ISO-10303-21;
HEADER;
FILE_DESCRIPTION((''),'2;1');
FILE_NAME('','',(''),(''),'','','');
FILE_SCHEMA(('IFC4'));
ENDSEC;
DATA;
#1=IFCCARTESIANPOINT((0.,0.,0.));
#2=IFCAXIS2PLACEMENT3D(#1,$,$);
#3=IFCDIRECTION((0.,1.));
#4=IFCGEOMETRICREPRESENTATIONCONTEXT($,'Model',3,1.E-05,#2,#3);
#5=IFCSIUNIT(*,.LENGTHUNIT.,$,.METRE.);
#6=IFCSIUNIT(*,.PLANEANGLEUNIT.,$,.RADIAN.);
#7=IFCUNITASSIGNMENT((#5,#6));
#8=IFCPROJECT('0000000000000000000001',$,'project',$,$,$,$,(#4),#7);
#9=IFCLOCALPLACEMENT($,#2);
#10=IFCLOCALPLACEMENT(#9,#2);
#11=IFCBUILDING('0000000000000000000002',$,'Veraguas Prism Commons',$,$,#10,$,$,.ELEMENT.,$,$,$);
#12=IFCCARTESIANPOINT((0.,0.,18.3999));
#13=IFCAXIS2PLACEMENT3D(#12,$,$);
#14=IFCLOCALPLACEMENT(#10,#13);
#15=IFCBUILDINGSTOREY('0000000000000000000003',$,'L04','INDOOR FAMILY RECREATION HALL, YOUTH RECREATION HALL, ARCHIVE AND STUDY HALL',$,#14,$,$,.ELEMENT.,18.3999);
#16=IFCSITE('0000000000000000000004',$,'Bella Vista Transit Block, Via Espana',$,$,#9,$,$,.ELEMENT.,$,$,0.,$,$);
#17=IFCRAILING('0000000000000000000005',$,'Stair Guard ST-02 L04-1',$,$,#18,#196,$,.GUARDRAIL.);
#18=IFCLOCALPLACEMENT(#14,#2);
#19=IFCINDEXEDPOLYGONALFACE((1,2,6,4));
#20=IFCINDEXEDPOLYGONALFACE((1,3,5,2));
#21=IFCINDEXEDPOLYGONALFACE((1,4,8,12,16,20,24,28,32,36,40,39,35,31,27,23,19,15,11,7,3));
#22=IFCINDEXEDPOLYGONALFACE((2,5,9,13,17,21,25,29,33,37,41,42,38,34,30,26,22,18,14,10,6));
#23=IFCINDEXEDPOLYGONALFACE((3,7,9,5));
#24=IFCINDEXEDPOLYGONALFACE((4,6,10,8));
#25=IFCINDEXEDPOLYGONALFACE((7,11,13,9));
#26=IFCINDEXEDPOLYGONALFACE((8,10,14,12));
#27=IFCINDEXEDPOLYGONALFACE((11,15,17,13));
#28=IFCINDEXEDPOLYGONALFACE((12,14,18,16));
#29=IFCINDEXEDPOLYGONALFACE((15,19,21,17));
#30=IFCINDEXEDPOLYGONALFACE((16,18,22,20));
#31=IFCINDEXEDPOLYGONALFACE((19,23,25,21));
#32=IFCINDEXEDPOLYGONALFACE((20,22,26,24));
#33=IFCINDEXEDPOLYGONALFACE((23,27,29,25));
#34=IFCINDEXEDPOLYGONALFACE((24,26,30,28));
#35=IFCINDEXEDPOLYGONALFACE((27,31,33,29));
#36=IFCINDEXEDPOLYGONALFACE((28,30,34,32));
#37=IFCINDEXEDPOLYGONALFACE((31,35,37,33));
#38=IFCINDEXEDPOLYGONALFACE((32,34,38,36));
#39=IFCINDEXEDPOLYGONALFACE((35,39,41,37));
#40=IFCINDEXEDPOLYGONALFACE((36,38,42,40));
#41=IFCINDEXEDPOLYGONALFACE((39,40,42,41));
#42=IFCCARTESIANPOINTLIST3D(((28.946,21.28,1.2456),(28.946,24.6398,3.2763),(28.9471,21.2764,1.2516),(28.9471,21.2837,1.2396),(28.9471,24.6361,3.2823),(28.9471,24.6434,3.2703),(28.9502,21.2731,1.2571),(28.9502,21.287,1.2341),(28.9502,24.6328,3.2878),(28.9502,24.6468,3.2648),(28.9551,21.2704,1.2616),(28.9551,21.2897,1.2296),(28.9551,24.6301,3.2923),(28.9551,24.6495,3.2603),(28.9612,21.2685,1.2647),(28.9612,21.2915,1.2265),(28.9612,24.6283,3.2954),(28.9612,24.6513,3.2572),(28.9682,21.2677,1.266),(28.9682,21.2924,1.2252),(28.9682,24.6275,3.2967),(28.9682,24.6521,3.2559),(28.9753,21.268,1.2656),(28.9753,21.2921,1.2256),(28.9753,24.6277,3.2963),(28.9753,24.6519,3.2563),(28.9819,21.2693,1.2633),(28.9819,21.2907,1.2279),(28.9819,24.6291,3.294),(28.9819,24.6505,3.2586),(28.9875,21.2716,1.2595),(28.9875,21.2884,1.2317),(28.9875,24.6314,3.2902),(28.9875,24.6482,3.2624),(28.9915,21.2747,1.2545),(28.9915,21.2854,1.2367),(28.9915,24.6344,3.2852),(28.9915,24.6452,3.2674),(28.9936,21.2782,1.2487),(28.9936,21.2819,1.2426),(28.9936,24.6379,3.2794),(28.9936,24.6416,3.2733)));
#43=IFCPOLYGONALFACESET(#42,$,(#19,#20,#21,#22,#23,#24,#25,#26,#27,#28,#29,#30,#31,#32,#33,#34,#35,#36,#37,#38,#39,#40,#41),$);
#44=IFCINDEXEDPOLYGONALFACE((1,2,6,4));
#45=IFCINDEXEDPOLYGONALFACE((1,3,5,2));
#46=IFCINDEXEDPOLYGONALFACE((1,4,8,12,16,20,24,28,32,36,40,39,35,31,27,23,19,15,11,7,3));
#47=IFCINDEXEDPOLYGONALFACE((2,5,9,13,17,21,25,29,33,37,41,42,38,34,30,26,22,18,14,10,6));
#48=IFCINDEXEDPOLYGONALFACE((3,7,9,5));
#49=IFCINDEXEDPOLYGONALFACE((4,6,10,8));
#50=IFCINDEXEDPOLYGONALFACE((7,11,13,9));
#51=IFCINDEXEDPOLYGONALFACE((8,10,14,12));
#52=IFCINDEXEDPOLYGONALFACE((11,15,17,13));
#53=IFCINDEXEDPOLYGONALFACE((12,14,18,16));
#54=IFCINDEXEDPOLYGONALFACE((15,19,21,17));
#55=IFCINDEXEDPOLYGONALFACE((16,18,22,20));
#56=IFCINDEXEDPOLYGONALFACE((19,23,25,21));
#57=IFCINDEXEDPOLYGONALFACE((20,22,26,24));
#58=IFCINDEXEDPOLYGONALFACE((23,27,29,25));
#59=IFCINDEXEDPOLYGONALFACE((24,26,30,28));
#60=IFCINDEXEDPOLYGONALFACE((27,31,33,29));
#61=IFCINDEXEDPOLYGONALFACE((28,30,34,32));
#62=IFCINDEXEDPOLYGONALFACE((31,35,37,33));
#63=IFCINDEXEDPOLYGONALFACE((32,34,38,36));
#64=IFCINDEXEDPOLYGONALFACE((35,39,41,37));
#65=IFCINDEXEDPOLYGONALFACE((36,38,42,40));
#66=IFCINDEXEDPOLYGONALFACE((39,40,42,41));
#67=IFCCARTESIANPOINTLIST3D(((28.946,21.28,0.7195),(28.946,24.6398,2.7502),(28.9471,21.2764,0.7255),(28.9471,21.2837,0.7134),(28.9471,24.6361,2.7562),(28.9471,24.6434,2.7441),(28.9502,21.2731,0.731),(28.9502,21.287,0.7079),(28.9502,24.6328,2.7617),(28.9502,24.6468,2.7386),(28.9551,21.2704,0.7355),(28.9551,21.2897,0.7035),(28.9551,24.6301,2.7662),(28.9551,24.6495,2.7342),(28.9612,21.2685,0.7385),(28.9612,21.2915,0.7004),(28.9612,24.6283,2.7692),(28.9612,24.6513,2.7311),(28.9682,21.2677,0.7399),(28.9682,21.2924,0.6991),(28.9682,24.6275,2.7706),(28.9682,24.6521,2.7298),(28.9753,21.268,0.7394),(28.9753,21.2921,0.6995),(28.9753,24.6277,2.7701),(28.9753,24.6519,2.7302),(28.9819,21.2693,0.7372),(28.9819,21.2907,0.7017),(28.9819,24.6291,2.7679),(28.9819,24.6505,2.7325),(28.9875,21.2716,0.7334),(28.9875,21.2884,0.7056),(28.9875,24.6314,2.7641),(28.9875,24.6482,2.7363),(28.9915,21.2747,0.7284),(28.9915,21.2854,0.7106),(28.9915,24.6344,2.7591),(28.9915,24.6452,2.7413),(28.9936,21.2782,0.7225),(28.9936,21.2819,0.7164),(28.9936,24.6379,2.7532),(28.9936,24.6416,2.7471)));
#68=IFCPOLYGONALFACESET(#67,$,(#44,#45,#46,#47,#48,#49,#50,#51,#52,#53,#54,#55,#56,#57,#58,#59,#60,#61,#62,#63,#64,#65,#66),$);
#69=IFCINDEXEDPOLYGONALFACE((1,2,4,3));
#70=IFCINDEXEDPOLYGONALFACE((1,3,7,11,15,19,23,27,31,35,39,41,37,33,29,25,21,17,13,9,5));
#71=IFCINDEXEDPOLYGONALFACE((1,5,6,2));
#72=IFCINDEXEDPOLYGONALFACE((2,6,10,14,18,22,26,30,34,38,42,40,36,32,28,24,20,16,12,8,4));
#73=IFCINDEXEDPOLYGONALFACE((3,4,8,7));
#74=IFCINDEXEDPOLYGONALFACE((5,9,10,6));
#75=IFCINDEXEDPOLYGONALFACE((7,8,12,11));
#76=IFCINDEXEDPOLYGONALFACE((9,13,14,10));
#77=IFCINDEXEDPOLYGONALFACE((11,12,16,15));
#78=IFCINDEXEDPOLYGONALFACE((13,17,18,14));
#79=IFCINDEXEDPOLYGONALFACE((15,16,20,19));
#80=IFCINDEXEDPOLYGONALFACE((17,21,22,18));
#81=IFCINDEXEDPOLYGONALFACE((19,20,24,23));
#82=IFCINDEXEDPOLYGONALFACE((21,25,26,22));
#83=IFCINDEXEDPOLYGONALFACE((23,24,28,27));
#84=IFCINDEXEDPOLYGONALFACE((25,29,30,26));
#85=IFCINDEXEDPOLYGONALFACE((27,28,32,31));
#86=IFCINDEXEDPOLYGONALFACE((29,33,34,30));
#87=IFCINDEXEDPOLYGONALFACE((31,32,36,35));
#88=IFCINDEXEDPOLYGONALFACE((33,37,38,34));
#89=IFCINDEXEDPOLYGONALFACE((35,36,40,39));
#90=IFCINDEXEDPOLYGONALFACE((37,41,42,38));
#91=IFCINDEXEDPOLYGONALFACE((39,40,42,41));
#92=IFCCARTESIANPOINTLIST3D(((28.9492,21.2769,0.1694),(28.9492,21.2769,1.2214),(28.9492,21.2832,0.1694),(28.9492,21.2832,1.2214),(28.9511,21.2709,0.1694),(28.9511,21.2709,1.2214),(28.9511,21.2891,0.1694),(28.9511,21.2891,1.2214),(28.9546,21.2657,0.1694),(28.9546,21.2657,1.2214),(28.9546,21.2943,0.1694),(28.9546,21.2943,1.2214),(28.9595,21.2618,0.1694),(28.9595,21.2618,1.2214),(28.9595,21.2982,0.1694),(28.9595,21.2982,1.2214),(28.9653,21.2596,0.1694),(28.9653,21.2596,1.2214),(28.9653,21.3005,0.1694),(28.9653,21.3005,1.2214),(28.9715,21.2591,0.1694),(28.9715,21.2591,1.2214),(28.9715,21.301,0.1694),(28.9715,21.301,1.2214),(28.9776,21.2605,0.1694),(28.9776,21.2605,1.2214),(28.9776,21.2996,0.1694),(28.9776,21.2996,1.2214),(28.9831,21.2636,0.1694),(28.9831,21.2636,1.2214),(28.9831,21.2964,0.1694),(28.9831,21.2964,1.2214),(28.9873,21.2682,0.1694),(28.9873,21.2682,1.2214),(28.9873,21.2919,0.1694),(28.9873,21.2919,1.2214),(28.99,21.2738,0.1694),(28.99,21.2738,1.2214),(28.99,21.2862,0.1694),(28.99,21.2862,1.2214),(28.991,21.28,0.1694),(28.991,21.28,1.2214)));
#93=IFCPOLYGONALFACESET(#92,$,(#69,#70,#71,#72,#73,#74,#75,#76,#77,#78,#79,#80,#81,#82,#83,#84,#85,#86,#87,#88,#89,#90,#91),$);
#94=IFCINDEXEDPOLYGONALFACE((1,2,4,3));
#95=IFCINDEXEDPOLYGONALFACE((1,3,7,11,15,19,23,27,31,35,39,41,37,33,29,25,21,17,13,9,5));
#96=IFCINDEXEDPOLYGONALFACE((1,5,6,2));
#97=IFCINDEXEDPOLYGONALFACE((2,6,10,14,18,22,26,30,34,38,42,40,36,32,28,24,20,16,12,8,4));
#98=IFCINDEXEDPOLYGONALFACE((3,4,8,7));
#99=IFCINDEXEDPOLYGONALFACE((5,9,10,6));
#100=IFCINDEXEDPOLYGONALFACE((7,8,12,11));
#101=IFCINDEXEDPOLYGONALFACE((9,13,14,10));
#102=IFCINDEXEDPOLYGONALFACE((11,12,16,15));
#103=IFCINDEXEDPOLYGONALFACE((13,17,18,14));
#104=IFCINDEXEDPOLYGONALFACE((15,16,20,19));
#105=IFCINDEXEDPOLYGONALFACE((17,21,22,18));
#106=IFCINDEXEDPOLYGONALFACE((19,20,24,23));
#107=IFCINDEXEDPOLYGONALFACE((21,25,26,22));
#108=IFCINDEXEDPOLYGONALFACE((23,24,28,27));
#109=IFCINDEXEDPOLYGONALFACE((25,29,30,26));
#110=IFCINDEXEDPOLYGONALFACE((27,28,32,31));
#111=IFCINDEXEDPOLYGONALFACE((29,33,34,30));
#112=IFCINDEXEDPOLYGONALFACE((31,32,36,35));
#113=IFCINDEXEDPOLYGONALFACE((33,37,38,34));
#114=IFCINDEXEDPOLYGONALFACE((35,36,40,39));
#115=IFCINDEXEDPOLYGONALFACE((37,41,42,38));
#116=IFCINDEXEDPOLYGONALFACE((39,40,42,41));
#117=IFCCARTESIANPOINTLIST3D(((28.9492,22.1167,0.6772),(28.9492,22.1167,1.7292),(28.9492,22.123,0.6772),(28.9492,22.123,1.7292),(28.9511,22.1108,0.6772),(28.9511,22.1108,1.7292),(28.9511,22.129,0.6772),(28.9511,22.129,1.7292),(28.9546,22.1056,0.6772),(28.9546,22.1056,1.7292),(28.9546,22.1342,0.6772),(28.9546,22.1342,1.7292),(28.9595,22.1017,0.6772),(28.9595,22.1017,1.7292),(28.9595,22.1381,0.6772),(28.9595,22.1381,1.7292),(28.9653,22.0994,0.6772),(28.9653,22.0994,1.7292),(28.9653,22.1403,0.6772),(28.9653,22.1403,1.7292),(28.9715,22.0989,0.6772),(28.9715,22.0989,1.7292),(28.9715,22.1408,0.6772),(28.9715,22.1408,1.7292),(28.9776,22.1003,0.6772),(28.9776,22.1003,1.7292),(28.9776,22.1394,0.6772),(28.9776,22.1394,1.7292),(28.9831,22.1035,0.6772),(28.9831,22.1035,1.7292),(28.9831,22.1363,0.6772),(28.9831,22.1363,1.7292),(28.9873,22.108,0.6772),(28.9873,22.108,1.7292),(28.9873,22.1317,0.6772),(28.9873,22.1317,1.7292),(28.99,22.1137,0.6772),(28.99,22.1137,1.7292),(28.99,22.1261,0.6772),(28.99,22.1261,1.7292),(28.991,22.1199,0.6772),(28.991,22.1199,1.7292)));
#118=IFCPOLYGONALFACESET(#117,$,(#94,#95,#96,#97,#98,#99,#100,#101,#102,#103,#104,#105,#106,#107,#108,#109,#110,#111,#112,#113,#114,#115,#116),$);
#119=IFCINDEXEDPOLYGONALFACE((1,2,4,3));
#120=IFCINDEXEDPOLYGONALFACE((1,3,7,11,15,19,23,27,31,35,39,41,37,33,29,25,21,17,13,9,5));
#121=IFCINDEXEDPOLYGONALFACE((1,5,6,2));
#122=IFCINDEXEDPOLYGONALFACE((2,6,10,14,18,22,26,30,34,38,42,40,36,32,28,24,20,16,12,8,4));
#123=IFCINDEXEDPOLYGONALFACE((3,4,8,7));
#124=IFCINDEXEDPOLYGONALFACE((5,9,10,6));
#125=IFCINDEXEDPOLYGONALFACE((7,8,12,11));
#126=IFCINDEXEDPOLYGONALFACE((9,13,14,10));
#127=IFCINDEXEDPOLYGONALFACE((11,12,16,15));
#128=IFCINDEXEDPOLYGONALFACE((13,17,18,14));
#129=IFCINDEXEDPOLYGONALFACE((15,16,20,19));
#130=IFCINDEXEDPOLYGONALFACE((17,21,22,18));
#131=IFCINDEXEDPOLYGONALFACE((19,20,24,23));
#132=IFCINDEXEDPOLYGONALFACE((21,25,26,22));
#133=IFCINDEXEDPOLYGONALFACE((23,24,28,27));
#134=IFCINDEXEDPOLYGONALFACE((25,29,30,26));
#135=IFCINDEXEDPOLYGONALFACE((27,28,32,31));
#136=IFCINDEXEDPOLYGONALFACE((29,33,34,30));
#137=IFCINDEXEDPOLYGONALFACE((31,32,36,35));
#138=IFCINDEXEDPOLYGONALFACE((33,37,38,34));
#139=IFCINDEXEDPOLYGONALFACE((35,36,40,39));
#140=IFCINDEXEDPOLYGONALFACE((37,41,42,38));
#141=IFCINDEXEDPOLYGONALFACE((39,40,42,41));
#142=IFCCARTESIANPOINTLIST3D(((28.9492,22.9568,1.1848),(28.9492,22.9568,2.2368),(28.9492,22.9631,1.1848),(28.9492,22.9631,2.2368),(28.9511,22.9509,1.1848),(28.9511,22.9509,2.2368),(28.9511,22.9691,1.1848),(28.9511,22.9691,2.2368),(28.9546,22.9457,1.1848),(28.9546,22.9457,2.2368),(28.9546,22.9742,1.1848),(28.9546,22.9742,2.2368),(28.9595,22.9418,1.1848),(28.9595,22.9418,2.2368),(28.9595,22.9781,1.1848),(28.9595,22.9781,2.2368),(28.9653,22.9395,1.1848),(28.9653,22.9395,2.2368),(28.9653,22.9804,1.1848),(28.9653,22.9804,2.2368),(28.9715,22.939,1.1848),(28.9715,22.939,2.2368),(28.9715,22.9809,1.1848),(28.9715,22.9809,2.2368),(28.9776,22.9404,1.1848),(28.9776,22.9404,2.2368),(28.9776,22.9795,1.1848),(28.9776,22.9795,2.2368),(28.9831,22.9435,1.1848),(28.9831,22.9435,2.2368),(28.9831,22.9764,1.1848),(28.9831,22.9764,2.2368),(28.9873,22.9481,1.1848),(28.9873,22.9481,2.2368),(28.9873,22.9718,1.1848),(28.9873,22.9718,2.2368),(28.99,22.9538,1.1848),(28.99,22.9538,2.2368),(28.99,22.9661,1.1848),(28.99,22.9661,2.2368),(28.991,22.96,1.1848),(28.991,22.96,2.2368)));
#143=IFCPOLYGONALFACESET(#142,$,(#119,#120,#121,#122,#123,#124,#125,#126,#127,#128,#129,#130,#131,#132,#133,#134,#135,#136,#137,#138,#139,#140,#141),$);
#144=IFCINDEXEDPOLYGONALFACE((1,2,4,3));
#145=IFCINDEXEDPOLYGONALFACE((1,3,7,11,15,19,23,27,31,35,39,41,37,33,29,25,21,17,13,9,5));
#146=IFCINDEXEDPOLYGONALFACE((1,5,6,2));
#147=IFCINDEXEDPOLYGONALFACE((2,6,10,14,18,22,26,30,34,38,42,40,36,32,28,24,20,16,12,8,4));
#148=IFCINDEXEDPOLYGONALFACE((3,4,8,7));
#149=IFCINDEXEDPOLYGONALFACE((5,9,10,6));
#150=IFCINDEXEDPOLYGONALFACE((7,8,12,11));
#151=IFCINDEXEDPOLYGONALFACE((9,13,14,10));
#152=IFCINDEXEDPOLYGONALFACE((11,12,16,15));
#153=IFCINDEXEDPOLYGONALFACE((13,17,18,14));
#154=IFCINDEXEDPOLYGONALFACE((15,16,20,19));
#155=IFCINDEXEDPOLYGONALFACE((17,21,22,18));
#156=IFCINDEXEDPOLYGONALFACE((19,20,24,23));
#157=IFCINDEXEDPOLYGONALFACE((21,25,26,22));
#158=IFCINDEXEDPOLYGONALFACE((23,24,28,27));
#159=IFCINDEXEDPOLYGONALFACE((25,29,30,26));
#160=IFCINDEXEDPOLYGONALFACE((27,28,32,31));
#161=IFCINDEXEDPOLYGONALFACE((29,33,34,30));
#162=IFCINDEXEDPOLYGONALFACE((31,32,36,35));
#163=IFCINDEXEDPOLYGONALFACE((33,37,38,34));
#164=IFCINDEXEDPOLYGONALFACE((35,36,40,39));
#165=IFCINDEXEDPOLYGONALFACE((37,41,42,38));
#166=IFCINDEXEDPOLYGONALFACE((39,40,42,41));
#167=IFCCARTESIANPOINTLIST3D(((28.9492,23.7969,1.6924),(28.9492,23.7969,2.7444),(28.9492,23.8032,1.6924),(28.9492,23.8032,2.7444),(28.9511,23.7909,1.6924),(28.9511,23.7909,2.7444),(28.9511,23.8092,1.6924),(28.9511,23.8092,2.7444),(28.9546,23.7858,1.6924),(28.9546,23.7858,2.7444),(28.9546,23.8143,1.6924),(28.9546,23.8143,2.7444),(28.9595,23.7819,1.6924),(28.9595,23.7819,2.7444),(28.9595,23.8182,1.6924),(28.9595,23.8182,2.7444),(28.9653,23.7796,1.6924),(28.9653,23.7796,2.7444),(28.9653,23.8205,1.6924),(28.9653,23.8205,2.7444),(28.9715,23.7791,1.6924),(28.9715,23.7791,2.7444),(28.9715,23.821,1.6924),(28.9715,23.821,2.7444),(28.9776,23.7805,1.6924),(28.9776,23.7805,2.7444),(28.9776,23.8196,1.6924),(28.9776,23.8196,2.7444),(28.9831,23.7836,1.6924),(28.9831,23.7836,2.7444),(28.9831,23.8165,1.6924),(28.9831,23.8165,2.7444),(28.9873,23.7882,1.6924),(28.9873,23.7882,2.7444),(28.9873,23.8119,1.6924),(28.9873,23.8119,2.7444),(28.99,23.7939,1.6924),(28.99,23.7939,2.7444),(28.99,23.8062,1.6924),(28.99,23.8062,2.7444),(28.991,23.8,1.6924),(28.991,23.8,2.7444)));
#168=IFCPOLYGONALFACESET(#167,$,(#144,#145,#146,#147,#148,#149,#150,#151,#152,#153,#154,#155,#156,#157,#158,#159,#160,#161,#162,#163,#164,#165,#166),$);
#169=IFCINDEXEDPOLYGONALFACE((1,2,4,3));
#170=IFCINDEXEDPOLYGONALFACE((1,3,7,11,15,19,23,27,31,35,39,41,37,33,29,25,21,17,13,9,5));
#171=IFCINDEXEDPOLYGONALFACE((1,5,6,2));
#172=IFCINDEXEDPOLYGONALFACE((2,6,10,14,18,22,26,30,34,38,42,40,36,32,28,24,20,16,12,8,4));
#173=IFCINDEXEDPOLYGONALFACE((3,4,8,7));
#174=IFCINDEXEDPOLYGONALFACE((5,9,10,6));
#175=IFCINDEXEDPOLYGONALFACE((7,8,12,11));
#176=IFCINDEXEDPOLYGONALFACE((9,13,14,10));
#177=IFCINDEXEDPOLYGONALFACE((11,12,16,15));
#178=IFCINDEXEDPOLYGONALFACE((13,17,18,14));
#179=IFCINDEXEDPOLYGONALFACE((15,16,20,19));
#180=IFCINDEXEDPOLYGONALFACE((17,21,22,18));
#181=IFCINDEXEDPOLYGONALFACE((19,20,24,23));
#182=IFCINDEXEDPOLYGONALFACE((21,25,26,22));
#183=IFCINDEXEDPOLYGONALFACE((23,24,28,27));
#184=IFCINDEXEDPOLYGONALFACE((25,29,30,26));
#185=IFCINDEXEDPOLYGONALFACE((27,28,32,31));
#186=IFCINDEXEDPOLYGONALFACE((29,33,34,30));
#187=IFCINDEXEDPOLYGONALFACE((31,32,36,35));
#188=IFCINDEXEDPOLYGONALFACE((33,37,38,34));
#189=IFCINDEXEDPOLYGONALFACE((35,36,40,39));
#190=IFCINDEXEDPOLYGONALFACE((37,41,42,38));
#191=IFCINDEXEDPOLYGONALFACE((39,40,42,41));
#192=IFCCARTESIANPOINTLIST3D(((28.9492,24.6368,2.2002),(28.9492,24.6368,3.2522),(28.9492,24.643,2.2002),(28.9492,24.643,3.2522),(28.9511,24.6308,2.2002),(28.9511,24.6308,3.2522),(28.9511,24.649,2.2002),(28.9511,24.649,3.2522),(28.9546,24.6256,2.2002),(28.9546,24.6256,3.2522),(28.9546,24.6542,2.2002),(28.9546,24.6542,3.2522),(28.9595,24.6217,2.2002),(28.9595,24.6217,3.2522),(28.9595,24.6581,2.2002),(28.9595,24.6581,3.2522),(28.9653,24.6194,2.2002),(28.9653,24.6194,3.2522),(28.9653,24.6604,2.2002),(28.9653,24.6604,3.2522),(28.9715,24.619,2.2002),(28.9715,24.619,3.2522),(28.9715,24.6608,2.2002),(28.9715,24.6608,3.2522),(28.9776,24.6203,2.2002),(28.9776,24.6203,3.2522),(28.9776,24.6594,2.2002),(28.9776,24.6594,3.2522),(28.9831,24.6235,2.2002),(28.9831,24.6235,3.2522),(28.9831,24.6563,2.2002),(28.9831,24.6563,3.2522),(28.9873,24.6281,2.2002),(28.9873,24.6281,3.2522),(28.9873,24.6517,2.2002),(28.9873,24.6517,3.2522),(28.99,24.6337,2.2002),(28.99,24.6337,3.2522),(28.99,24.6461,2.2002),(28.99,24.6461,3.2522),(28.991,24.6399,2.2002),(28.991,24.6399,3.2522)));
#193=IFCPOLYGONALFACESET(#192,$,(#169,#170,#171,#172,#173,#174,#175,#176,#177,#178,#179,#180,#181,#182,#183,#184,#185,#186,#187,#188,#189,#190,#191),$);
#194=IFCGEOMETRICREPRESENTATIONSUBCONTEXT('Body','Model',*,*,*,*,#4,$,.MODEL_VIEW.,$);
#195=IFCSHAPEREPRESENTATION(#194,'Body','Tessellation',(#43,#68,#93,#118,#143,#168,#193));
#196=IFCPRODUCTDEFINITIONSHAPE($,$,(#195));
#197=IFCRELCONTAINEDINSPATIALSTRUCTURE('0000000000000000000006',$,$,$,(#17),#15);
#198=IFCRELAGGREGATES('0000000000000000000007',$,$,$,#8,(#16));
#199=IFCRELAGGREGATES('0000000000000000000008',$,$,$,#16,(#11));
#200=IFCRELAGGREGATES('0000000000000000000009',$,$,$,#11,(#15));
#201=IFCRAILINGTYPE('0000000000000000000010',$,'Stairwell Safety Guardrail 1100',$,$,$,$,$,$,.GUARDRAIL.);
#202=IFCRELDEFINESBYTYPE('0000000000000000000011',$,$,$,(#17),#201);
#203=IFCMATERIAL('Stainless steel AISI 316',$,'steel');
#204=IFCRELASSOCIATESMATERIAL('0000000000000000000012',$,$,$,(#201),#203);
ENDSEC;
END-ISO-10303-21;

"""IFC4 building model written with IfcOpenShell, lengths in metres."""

from ifc_helpers import new_model, si_unit, direction, frame, origin, origin_2d, place, context, subcontext, project, spatial, circle, extrude, material, type_object, element, save


model = new_model("IFC4")

# Units and contexts
model_context = context("Model", 3, precision=1e-05, world=origin(), true_north=direction((0.0, 1.0)))
body_context = subcontext(model_context, "Body", "Model", "MODEL_VIEW")
ifc_project = project(units=[si_unit("LENGTHUNIT", "METRE"), si_unit("PLANEANGLEUNIT", "RADIAN")], contexts=[model_context])

# Site, building, storey
site_placement = place(None, origin())
site = spatial("IfcSite", under=ifc_project, at=site_placement, Name="Bella Vista Transit Block, Via Espana", CompositionType="ELEMENT", RefElevation=0.0)
building_placement = place(site_placement, origin())
building = spatial("IfcBuilding", under=site, at=building_placement, Name="Veraguas Prism Commons", CompositionType="ELEMENT")
storey_placement = place(building_placement, frame((0.0, 0.0, 18.3999)))
storey = spatial("IfcBuildingStorey", under=building, at=storey_placement, Name="L04", Description="INDOOR FAMILY RECREATION HALL, YOUTH RECREATION HALL, ARCHIVE AND STUDY HALL", CompositionType="ELEMENT", Elevation=18.3999)

# Railing
ifc_material_1 = material(Name="Stainless steel AISI 316", Category="steel")
railing_type_1 = type_object("IfcRailingType", Name="Stairwell Safety Guardrail 1100", PredefinedType="GUARDRAIL", material=ifc_material_1)
railing_1_placement = place(storey_placement, frame((28.97, 21.28, 0.1694)))
element("IfcRailing", 1, at=railing_1_placement, inside=storey, type_object=railing_type_1, Name="Stair Guard ST-02 L04-1", PredefinedType="GUARDRAIL", context=body_context, shape_type="SweptSolid", body=[
    extrude(circle(Radius=0.0239, at=origin_2d()), frame((0.0, 0.0, 1.0762), z_axis=(0.0, 0.85582, 0.517273), x_axis=(-1.0, 0.0, 0.0)), (0.0, 0.0, 1.0), 3.9258),
    extrude(circle(Radius=0.0239, at=origin_2d()), frame((0.0, 0.0, 0.55), z_axis=(0.0, 0.85582, 0.517273), x_axis=(-1.0, 0.0, 0.0)), (0.0, 0.0, 1.0), 3.9258),
    extrude(circle(Radius=0.021, at=origin_2d()), origin(), (0.0, 0.0, 1.0), 1.052),
    extrude(circle(Radius=0.021, at=origin_2d()), frame((0.0, 0.8398, 0.5078)), (0.0, 0.0, 1.0), 1.052),
    extrude(circle(Radius=0.021, at=origin_2d()), frame((0.0, 1.6799, 1.0154)), (0.0, 0.0, 1.0), 1.052),
    extrude(circle(Radius=0.021, at=origin_2d()), frame((0.0, 2.52, 1.5229)), (0.0, 0.0, 1.0), 1.052),
    extrude(circle(Radius=0.021, at=origin_2d()), frame((0.0, 3.3599, 2.0308)), (0.0, 0.0, 1.0), 1.052),
])

save(model, "model.ifc")
